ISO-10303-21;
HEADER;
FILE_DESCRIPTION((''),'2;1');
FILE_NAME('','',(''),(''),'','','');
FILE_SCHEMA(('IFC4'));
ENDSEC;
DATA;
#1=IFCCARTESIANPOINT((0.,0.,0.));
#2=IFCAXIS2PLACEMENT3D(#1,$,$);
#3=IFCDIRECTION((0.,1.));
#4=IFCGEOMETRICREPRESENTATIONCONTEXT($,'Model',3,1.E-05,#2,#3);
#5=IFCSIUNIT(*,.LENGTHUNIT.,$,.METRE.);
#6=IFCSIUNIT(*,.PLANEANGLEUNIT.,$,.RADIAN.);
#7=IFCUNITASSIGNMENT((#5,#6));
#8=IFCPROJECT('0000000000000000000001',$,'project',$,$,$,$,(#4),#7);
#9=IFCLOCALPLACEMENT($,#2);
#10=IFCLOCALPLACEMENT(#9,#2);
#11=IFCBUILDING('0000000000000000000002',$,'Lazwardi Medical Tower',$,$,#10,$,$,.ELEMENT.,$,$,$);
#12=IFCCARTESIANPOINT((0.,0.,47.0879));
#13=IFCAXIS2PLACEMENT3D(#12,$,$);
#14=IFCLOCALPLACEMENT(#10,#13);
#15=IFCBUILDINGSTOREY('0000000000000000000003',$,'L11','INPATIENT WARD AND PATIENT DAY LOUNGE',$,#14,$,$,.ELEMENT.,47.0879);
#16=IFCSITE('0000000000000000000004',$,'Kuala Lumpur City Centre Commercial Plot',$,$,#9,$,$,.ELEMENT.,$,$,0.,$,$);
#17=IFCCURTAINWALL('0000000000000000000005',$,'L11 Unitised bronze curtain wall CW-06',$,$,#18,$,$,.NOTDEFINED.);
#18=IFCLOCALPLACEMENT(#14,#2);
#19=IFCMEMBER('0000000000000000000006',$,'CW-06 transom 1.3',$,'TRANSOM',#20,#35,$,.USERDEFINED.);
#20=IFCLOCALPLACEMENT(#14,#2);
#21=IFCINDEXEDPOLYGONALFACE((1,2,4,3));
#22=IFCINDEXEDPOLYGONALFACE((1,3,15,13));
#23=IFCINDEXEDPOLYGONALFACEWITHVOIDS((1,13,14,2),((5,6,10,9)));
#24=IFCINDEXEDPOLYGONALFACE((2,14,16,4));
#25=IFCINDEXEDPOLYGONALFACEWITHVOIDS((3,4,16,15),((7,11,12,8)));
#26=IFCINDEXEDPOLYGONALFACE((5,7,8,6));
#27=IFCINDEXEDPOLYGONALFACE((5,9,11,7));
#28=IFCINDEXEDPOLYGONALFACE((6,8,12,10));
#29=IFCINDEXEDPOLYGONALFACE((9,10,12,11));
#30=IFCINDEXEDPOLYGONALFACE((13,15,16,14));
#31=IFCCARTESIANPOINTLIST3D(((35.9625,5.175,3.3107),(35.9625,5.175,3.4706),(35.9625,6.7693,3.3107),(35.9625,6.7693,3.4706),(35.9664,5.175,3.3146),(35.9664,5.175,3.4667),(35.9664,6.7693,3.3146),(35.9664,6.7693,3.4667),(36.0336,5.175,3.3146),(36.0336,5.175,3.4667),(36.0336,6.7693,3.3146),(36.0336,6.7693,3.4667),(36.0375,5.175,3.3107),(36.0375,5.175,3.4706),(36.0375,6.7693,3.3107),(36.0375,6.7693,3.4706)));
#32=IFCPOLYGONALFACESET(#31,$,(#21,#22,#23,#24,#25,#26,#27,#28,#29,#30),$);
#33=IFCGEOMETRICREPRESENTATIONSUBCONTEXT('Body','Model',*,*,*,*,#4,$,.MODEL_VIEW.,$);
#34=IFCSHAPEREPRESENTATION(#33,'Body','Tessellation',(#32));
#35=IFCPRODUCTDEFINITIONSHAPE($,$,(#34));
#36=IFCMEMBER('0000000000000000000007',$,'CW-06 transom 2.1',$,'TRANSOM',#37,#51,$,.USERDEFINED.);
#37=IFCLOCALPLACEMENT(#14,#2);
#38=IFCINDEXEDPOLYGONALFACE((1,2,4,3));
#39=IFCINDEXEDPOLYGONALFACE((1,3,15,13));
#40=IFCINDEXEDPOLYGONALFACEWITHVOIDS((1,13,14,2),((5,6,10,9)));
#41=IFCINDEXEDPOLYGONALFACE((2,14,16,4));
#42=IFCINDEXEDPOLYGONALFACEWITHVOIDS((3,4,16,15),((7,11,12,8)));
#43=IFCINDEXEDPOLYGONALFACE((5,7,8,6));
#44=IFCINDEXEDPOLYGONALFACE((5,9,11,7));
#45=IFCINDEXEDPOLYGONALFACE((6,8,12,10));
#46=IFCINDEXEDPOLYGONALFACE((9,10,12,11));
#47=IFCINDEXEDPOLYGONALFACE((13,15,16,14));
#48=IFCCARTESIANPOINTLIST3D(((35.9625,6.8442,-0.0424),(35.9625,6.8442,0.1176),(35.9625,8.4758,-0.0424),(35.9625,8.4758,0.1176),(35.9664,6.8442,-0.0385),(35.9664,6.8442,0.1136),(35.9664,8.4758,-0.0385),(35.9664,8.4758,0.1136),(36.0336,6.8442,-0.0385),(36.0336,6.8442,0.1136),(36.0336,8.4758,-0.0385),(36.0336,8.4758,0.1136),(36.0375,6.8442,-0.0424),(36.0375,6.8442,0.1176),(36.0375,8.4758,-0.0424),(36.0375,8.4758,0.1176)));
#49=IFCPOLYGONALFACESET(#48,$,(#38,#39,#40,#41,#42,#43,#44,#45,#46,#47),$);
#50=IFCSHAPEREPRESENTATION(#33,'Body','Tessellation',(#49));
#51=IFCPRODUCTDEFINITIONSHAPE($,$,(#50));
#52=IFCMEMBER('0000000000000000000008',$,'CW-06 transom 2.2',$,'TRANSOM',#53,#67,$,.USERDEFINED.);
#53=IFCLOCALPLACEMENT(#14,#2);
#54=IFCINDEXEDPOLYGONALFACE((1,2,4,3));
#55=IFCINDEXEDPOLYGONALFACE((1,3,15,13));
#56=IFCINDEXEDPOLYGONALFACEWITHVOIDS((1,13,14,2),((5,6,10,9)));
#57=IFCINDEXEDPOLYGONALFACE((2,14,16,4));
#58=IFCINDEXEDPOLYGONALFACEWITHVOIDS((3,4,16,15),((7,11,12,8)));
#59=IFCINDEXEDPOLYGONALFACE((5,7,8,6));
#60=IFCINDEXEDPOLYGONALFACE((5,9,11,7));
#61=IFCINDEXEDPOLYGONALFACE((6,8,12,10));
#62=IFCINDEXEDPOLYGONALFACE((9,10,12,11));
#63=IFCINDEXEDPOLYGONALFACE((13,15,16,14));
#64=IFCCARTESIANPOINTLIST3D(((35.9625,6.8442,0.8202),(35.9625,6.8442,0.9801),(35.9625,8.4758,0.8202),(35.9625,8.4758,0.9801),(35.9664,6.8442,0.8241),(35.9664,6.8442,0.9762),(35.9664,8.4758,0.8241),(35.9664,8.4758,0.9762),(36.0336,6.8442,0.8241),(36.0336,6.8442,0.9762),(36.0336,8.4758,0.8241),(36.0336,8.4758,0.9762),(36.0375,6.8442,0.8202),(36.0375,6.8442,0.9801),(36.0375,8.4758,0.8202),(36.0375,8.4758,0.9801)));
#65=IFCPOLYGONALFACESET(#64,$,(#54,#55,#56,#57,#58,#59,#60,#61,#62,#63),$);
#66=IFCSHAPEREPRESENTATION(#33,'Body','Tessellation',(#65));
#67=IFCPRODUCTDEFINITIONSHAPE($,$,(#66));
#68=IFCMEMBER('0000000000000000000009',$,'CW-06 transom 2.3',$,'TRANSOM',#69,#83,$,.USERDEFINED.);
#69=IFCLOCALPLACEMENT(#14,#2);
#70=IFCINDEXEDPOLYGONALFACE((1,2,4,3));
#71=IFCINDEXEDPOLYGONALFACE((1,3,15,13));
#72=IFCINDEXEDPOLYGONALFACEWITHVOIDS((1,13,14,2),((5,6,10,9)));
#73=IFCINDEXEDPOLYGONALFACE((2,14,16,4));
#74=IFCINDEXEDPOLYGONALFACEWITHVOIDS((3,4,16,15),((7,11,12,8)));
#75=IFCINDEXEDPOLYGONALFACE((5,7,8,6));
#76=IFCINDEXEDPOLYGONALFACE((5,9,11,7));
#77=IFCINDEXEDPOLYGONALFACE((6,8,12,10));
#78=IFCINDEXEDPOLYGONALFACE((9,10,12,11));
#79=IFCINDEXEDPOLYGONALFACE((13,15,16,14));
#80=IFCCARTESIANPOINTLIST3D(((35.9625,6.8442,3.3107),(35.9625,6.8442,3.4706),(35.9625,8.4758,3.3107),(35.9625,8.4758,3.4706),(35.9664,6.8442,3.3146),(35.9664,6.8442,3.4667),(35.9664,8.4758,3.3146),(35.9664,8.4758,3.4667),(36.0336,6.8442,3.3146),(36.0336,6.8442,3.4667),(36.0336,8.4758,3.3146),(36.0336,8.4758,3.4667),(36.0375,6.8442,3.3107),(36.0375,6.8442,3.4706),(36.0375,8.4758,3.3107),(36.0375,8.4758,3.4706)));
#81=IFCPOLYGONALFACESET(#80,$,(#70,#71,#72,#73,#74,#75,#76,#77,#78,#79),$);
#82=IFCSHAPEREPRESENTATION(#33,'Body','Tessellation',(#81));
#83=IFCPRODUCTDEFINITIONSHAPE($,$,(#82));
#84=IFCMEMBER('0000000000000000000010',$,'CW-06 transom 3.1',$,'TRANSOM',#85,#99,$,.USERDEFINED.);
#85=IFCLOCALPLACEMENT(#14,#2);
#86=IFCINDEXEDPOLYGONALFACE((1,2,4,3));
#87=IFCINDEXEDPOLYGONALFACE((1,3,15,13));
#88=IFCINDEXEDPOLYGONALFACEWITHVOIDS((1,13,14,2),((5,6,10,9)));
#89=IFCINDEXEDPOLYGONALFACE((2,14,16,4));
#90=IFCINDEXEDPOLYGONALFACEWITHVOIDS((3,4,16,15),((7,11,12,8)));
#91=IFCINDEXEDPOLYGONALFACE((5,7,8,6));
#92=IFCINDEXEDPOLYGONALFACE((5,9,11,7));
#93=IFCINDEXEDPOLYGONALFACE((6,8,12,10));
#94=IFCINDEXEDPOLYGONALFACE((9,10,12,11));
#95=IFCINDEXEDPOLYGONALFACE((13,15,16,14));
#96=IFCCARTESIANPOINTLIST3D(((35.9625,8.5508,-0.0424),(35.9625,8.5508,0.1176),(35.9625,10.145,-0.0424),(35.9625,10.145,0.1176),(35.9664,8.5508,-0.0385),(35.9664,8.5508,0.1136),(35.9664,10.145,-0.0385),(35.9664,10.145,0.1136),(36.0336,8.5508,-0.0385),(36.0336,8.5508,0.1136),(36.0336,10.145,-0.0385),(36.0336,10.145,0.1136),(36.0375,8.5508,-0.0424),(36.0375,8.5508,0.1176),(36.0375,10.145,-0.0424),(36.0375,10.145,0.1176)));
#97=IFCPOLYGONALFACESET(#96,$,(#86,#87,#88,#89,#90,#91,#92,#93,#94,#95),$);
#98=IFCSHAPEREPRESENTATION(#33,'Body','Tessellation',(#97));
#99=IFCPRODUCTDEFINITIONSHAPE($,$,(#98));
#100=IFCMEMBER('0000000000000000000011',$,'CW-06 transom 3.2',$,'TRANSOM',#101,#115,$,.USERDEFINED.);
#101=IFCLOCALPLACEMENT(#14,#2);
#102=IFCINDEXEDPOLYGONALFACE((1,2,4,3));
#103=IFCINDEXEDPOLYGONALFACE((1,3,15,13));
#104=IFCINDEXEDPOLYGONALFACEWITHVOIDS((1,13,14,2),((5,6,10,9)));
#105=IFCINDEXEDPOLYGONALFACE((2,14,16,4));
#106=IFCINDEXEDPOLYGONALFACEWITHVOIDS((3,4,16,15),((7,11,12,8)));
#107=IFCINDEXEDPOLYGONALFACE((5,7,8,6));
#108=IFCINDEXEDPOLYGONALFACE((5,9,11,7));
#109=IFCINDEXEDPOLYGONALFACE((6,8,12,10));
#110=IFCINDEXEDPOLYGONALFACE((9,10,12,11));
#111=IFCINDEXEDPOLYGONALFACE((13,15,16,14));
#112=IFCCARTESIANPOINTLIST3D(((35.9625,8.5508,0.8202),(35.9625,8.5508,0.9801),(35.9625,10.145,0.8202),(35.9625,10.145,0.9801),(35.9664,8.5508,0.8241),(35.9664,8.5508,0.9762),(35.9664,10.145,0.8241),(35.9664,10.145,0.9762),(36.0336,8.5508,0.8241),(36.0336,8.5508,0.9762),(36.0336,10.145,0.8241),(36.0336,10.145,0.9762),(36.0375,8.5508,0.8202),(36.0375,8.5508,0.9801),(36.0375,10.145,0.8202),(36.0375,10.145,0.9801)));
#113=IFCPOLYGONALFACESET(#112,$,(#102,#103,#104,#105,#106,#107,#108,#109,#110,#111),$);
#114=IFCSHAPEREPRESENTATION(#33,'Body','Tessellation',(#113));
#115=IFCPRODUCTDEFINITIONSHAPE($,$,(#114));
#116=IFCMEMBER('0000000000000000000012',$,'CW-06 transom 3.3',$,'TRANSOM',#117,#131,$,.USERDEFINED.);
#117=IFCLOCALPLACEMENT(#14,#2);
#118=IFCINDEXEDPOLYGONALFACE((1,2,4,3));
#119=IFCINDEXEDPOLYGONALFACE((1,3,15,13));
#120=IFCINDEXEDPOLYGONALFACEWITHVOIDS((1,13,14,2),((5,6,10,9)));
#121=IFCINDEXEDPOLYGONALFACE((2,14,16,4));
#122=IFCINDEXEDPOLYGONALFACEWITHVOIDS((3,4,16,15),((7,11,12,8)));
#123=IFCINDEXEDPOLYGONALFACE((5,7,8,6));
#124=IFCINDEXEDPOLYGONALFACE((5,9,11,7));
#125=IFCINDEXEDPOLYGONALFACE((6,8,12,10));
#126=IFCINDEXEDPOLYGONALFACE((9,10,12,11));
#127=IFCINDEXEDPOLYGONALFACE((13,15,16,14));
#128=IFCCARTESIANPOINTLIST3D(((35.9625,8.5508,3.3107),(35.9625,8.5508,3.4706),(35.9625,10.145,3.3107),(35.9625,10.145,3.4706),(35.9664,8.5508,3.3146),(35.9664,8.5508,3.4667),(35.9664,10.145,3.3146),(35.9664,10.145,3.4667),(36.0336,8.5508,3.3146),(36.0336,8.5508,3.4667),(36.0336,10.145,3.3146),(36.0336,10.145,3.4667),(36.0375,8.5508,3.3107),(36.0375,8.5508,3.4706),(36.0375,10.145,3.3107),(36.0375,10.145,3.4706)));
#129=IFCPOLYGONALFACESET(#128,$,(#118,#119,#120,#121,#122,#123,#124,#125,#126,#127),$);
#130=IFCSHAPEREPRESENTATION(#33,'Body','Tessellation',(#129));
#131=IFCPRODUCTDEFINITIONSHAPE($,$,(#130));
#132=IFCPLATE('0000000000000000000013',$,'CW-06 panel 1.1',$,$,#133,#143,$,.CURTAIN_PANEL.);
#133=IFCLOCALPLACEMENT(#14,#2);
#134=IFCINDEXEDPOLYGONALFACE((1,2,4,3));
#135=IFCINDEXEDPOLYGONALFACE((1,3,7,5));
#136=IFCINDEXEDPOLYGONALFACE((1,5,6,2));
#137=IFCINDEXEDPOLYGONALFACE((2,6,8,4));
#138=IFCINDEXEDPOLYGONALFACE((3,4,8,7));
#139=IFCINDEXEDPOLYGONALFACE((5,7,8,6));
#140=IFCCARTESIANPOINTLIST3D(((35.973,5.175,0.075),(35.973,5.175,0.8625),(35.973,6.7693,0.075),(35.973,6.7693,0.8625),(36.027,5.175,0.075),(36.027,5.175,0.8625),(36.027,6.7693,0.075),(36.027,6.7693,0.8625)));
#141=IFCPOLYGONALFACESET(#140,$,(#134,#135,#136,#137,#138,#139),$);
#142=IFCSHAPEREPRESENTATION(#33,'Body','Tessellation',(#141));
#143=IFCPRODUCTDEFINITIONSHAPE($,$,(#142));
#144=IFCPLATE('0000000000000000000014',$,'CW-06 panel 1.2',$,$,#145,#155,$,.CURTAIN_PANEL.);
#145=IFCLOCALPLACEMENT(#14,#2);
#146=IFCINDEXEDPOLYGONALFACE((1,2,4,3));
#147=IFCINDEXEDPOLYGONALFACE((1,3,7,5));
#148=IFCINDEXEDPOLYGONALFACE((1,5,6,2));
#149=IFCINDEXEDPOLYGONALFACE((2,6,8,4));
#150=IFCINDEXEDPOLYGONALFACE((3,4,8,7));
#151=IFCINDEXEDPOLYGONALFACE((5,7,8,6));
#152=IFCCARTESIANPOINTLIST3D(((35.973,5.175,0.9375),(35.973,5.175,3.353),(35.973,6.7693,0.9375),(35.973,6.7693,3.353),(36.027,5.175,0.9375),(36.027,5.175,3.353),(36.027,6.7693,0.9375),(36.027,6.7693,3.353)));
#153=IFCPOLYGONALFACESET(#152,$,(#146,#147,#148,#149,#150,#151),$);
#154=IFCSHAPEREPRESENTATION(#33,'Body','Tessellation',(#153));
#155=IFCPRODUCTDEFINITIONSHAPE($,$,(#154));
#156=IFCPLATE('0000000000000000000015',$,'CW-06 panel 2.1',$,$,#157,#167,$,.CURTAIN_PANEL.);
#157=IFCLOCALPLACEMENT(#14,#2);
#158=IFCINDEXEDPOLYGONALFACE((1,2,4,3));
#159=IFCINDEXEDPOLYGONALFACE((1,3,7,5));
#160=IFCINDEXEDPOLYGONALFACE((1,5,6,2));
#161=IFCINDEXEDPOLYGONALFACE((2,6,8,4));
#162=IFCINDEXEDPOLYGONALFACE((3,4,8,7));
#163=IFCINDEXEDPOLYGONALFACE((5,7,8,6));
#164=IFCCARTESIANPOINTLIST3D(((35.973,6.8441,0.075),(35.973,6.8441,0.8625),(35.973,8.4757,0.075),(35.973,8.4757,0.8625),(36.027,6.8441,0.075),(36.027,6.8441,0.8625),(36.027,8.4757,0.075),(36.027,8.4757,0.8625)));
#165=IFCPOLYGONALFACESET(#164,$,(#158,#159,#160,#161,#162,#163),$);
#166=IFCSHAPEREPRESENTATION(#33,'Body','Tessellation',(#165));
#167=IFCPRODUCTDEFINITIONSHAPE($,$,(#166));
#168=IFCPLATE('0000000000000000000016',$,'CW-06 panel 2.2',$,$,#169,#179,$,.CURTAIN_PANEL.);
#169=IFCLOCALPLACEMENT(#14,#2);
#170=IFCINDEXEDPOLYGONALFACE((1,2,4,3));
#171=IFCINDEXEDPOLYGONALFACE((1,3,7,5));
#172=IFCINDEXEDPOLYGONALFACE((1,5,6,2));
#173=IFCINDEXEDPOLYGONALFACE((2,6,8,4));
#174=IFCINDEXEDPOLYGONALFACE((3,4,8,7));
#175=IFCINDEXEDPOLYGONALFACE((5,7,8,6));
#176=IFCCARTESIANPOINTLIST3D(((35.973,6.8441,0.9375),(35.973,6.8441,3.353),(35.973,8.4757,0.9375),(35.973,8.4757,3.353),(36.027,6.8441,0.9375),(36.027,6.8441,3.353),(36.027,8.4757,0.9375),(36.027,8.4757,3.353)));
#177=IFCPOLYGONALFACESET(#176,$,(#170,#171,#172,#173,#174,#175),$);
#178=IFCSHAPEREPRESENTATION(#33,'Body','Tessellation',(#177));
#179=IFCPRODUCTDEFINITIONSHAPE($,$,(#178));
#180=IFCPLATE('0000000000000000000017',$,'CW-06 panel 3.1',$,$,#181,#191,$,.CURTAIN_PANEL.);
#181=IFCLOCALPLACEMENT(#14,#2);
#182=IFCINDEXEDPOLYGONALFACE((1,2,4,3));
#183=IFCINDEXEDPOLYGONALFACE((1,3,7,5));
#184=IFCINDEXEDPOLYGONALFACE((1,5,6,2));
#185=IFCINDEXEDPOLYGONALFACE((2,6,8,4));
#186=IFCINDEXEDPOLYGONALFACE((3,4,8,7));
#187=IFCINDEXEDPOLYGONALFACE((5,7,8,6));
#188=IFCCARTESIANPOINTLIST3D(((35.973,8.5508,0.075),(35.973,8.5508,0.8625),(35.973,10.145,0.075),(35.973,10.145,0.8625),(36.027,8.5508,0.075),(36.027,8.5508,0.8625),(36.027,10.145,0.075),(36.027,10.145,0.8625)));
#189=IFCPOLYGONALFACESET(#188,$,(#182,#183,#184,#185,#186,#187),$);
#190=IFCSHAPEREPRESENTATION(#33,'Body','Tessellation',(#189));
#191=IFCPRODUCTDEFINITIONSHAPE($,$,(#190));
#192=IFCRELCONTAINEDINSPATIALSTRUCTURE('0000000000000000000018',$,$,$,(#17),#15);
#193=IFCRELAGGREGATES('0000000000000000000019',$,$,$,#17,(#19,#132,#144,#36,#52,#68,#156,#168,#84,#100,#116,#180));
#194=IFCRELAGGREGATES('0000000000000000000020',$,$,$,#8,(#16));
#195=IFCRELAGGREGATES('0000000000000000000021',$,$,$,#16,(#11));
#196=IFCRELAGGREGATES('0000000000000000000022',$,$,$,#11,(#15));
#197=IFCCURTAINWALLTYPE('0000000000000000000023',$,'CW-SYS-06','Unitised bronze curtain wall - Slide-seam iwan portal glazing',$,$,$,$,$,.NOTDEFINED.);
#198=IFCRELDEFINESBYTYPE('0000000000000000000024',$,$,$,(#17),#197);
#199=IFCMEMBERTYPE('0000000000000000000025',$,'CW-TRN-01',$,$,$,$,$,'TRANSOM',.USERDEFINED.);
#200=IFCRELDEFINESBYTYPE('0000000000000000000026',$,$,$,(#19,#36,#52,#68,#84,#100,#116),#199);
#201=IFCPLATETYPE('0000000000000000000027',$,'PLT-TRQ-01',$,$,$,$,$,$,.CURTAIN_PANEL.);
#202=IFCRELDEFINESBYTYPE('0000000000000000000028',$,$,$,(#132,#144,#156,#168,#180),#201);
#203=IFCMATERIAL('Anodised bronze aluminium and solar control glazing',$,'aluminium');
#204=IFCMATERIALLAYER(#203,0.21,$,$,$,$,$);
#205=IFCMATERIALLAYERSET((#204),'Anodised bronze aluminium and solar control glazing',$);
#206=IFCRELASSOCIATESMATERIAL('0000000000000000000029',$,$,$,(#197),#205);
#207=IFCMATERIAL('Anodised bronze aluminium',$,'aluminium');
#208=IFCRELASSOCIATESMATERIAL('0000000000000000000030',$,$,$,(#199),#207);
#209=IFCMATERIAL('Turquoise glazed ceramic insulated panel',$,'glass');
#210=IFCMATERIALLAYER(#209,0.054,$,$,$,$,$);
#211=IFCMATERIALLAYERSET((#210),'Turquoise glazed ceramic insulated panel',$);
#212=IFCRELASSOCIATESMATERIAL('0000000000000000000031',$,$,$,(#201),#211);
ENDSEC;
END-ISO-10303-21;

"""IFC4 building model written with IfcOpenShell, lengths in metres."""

from ifc_helpers import new_model, si_unit, direction, frame, origin, origin_2d, place, context, subcontext, project, spatial, rectangle, hollow_rectangle, extrude, material, layer, layer_set, material_profile, profile_set, type_object, element, aggregate, save


model = new_model("IFC4")

# Units and contexts
model_context = context("Model", 3, precision=1e-05, world=origin(), true_north=direction((0.0, 1.0)))
body_context = subcontext(model_context, "Body", "Model", "MODEL_VIEW")
ifc_project = project(units=[si_unit("LENGTHUNIT", "METRE"), si_unit("PLANEANGLEUNIT", "RADIAN")], contexts=[model_context])

# Site, building, storey
site_placement = place(None, origin())
site = spatial("IfcSite", under=ifc_project, at=site_placement, Name="Kuala Lumpur City Centre Commercial Plot", CompositionType="ELEMENT", RefElevation=0.0)
building_placement = place(site_placement, origin())
building = spatial("IfcBuilding", under=site, at=building_placement, Name="Lazwardi Medical Tower", CompositionType="ELEMENT")
storey_placement = place(building_placement, frame((0.0, 0.0, 47.0879)))
storey = spatial("IfcBuildingStorey", under=building, at=storey_placement, Name="L11", Description="INPATIENT WARD AND PATIENT DAY LOUNGE", CompositionType="ELEMENT", Elevation=47.0879)

# Shared definitions
ifc_material_1 = material(Name="Anodised bronze aluminium and solar control glazing", Category="aluminium")
ifc_material_2 = material(Name="Anodised bronze aluminium", Category="aluminium")

# Curtain wall
ifc_layer_1 = layer(ifc_material_1, 0.21)
ifc_layer_set_1 = layer_set([ifc_layer_1], Name="Anodised bronze aluminium and solar control glazing")
curtain_wall_type_1 = type_object("IfcCurtainWallType", Name="CW-SYS-06", Description="Unitised bronze curtain wall - Slide-seam iwan portal glazing", PredefinedType="NOTDEFINED", material=ifc_layer_set_1)
curtain_wall_1_placement = place(storey_placement, origin())
curtain_wall_1 = element("IfcCurtainWall", 1, at=curtain_wall_1_placement, inside=storey, type_object=curtain_wall_type_1, Name="L11 Unitised bronze curtain wall CW-06", PredefinedType="NOTDEFINED")

# Members
ifc_material_profile_1 = material_profile(ifc_material_2, hollow_rectangle(XDim=0.075, YDim=0.1599, WallThickness=0.0039, at=origin_2d()), Name="ALU-TRANSOM 160x75x4")
ifc_profile_set_1 = profile_set([ifc_material_profile_1], Name="Anodised bronze aluminium")
member_type_1 = type_object("IfcMemberType", Name="CW-TRN-01", ElementType="TRANSOM", PredefinedType="USERDEFINED", material=ifc_profile_set_1)
member_1_placement = place(storey_placement, frame((36.0, 5.175, 3.3906), z_axis=(0.0, 1.0, 0.0), x_axis=(-1.0, 0.0, 0.0)))
member_1 = element("IfcMember", 2, at=member_1_placement, type_object=member_type_1, Name="CW-06 transom 1.3", ObjectType="TRANSOM", PredefinedType="USERDEFINED", context=body_context, shape_type="SweptSolid", body=[
    extrude(hollow_rectangle(XDim=0.075, YDim=0.1599, WallThickness=0.0039, at=origin_2d()), origin(), (0.0, 0.0, 1.0), 1.5942),
])
member_2_placement = place(storey_placement, frame((36.0, 6.8442, 0.0376), z_axis=(0.0, 1.0, 0.0), x_axis=(-1.0, 0.0, 0.0)))
member_2 = element("IfcMember", 3, at=member_2_placement, type_object=member_type_1, Name="CW-06 transom 2.1", ObjectType="TRANSOM", PredefinedType="USERDEFINED", context=body_context, shape_type="SweptSolid", body=[
    extrude(hollow_rectangle(XDim=0.075, YDim=0.1599, WallThickness=0.0039, at=origin_2d()), origin(), (0.0, 0.0, 1.0), 1.6316),
])
member_3_placement = place(storey_placement, frame((36.0, 6.8442, 0.9001), z_axis=(0.0, 1.0, 0.0), x_axis=(-1.0, 0.0, 0.0)))
member_3 = element("IfcMember", 4, at=member_3_placement, type_object=member_type_1, Name="CW-06 transom 2.2", ObjectType="TRANSOM", PredefinedType="USERDEFINED", context=body_context, shape_type="SweptSolid", body=[
    extrude(hollow_rectangle(XDim=0.075, YDim=0.1599, WallThickness=0.0039, at=origin_2d()), origin(), (0.0, 0.0, 1.0), 1.6316),
])
member_4_placement = place(storey_placement, frame((36.0, 6.8442, 3.3906), z_axis=(0.0, 1.0, 0.0), x_axis=(-1.0, 0.0, 0.0)))
member_4 = element("IfcMember", 5, at=member_4_placement, type_object=member_type_1, Name="CW-06 transom 2.3", ObjectType="TRANSOM", PredefinedType="USERDEFINED", context=body_context, shape_type="SweptSolid", body=[
    extrude(hollow_rectangle(XDim=0.075, YDim=0.1599, WallThickness=0.0039, at=origin_2d()), origin(), (0.0, 0.0, 1.0), 1.6316),
])
member_5_placement = place(storey_placement, frame((36.0, 8.5508, 0.0376), z_axis=(0.0, 1.0, 0.0), x_axis=(-1.0, 0.0, 0.0)))
member_5 = element("IfcMember", 6, at=member_5_placement, type_object=member_type_1, Name="CW-06 transom 3.1", ObjectType="TRANSOM", PredefinedType="USERDEFINED", context=body_context, shape_type="SweptSolid", body=[
    extrude(hollow_rectangle(XDim=0.075, YDim=0.1599, WallThickness=0.0039, at=origin_2d()), origin(), (0.0, 0.0, 1.0), 1.5942),
])
member_6_placement = place(storey_placement, frame((36.0, 8.5508, 0.9001), z_axis=(0.0, 1.0, 0.0), x_axis=(-1.0, 0.0, 0.0)))
member_6 = element("IfcMember", 7, at=member_6_placement, type_object=member_type_1, Name="CW-06 transom 3.2", ObjectType="TRANSOM", PredefinedType="USERDEFINED", context=body_context, shape_type="SweptSolid", body=[
    extrude(hollow_rectangle(XDim=0.075, YDim=0.1599, WallThickness=0.0039, at=origin_2d()), origin(), (0.0, 0.0, 1.0), 1.5942),
])
member_7_placement = place(storey_placement, frame((36.0, 8.5508, 3.3906), z_axis=(0.0, 1.0, 0.0), x_axis=(-1.0, 0.0, 0.0)))
member_7 = element("IfcMember", 8, at=member_7_placement, type_object=member_type_1, Name="CW-06 transom 3.3", ObjectType="TRANSOM", PredefinedType="USERDEFINED", context=body_context, shape_type="SweptSolid", body=[
    extrude(hollow_rectangle(XDim=0.075, YDim=0.1599, WallThickness=0.0039, at=origin_2d()), origin(), (0.0, 0.0, 1.0), 1.5942),
])

# Plates
ifc_material_3 = material(Name="Turquoise glazed ceramic insulated panel", Category="glass")
ifc_layer_2 = layer(ifc_material_3, 0.054)
ifc_layer_set_2 = layer_set([ifc_layer_2], Name="Turquoise glazed ceramic insulated panel")
plate_type = type_object("IfcPlateType", Name="PLT-TRQ-01", PredefinedType="CURTAIN_PANEL", material=ifc_layer_set_2)
plate_1_placement = place(storey_placement, frame((36.0, 5.9722, 0.075), z_axis=(0.0, 0.0, 1.0), x_axis=(0.0, 1.0, 0.0)))
plate_1 = element("IfcPlate", 9, at=plate_1_placement, type_object=plate_type, Name="CW-06 panel 1.1", PredefinedType="CURTAIN_PANEL", context=body_context, shape_type="SweptSolid", body=[
    extrude(rectangle(XDim=1.5942, YDim=0.054, at=origin_2d()), origin(), (0.0, 0.0, 1.0), 0.7876),
])
plate_2_placement = place(storey_placement, frame((36.0, 5.9722, 0.9375), z_axis=(0.0, 0.0, 1.0), x_axis=(0.0, 1.0, 0.0)))
plate_2 = element("IfcPlate", 10, at=plate_2_placement, type_object=plate_type, Name="CW-06 panel 1.2", PredefinedType="CURTAIN_PANEL", context=body_context, shape_type="SweptSolid", body=[
    extrude(rectangle(XDim=1.5942, YDim=0.054, at=origin_2d()), origin(), (0.0, 0.0, 1.0), 2.4155),
])
plate_3_placement = place(storey_placement, frame((36.0, 7.6599, 0.075), z_axis=(0.0, 0.0, 1.0), x_axis=(0.0, 1.0, 0.0)))
plate_3 = element("IfcPlate", 11, at=plate_3_placement, type_object=plate_type, Name="CW-06 panel 2.1", PredefinedType="CURTAIN_PANEL", context=body_context, shape_type="SweptSolid", body=[
    extrude(rectangle(XDim=1.6316, YDim=0.054, at=origin_2d()), origin(), (0.0, 0.0, 1.0), 0.7876),
])
plate_4_placement = place(storey_placement, frame((36.0, 7.6599, 0.9375), z_axis=(0.0, 0.0, 1.0), x_axis=(0.0, 1.0, 0.0)))
plate_4 = element("IfcPlate", 12, at=plate_4_placement, type_object=plate_type, Name="CW-06 panel 2.2", PredefinedType="CURTAIN_PANEL", context=body_context, shape_type="SweptSolid", body=[
    extrude(rectangle(XDim=1.6316, YDim=0.054, at=origin_2d()), origin(), (0.0, 0.0, 1.0), 2.4155),
])
plate_5_placement = place(storey_placement, frame((36.0, 9.3479, 0.075), z_axis=(0.0, 0.0, 1.0), x_axis=(0.0, 1.0, 0.0)))
plate_5 = element("IfcPlate", 13, at=plate_5_placement, type_object=plate_type, Name="CW-06 panel 3.1", PredefinedType="CURTAIN_PANEL", context=body_context, shape_type="SweptSolid", body=[
    extrude(rectangle(XDim=1.5942, YDim=0.054, at=origin_2d()), origin(), (0.0, 0.0, 1.0), 0.7876),
])
aggregate(curtain_wall_1, [member_1, plate_1, plate_2, member_2, member_3, member_4, plate_3, plate_4, member_5, member_6, member_7, plate_5])

save(model, "model.ifc")
